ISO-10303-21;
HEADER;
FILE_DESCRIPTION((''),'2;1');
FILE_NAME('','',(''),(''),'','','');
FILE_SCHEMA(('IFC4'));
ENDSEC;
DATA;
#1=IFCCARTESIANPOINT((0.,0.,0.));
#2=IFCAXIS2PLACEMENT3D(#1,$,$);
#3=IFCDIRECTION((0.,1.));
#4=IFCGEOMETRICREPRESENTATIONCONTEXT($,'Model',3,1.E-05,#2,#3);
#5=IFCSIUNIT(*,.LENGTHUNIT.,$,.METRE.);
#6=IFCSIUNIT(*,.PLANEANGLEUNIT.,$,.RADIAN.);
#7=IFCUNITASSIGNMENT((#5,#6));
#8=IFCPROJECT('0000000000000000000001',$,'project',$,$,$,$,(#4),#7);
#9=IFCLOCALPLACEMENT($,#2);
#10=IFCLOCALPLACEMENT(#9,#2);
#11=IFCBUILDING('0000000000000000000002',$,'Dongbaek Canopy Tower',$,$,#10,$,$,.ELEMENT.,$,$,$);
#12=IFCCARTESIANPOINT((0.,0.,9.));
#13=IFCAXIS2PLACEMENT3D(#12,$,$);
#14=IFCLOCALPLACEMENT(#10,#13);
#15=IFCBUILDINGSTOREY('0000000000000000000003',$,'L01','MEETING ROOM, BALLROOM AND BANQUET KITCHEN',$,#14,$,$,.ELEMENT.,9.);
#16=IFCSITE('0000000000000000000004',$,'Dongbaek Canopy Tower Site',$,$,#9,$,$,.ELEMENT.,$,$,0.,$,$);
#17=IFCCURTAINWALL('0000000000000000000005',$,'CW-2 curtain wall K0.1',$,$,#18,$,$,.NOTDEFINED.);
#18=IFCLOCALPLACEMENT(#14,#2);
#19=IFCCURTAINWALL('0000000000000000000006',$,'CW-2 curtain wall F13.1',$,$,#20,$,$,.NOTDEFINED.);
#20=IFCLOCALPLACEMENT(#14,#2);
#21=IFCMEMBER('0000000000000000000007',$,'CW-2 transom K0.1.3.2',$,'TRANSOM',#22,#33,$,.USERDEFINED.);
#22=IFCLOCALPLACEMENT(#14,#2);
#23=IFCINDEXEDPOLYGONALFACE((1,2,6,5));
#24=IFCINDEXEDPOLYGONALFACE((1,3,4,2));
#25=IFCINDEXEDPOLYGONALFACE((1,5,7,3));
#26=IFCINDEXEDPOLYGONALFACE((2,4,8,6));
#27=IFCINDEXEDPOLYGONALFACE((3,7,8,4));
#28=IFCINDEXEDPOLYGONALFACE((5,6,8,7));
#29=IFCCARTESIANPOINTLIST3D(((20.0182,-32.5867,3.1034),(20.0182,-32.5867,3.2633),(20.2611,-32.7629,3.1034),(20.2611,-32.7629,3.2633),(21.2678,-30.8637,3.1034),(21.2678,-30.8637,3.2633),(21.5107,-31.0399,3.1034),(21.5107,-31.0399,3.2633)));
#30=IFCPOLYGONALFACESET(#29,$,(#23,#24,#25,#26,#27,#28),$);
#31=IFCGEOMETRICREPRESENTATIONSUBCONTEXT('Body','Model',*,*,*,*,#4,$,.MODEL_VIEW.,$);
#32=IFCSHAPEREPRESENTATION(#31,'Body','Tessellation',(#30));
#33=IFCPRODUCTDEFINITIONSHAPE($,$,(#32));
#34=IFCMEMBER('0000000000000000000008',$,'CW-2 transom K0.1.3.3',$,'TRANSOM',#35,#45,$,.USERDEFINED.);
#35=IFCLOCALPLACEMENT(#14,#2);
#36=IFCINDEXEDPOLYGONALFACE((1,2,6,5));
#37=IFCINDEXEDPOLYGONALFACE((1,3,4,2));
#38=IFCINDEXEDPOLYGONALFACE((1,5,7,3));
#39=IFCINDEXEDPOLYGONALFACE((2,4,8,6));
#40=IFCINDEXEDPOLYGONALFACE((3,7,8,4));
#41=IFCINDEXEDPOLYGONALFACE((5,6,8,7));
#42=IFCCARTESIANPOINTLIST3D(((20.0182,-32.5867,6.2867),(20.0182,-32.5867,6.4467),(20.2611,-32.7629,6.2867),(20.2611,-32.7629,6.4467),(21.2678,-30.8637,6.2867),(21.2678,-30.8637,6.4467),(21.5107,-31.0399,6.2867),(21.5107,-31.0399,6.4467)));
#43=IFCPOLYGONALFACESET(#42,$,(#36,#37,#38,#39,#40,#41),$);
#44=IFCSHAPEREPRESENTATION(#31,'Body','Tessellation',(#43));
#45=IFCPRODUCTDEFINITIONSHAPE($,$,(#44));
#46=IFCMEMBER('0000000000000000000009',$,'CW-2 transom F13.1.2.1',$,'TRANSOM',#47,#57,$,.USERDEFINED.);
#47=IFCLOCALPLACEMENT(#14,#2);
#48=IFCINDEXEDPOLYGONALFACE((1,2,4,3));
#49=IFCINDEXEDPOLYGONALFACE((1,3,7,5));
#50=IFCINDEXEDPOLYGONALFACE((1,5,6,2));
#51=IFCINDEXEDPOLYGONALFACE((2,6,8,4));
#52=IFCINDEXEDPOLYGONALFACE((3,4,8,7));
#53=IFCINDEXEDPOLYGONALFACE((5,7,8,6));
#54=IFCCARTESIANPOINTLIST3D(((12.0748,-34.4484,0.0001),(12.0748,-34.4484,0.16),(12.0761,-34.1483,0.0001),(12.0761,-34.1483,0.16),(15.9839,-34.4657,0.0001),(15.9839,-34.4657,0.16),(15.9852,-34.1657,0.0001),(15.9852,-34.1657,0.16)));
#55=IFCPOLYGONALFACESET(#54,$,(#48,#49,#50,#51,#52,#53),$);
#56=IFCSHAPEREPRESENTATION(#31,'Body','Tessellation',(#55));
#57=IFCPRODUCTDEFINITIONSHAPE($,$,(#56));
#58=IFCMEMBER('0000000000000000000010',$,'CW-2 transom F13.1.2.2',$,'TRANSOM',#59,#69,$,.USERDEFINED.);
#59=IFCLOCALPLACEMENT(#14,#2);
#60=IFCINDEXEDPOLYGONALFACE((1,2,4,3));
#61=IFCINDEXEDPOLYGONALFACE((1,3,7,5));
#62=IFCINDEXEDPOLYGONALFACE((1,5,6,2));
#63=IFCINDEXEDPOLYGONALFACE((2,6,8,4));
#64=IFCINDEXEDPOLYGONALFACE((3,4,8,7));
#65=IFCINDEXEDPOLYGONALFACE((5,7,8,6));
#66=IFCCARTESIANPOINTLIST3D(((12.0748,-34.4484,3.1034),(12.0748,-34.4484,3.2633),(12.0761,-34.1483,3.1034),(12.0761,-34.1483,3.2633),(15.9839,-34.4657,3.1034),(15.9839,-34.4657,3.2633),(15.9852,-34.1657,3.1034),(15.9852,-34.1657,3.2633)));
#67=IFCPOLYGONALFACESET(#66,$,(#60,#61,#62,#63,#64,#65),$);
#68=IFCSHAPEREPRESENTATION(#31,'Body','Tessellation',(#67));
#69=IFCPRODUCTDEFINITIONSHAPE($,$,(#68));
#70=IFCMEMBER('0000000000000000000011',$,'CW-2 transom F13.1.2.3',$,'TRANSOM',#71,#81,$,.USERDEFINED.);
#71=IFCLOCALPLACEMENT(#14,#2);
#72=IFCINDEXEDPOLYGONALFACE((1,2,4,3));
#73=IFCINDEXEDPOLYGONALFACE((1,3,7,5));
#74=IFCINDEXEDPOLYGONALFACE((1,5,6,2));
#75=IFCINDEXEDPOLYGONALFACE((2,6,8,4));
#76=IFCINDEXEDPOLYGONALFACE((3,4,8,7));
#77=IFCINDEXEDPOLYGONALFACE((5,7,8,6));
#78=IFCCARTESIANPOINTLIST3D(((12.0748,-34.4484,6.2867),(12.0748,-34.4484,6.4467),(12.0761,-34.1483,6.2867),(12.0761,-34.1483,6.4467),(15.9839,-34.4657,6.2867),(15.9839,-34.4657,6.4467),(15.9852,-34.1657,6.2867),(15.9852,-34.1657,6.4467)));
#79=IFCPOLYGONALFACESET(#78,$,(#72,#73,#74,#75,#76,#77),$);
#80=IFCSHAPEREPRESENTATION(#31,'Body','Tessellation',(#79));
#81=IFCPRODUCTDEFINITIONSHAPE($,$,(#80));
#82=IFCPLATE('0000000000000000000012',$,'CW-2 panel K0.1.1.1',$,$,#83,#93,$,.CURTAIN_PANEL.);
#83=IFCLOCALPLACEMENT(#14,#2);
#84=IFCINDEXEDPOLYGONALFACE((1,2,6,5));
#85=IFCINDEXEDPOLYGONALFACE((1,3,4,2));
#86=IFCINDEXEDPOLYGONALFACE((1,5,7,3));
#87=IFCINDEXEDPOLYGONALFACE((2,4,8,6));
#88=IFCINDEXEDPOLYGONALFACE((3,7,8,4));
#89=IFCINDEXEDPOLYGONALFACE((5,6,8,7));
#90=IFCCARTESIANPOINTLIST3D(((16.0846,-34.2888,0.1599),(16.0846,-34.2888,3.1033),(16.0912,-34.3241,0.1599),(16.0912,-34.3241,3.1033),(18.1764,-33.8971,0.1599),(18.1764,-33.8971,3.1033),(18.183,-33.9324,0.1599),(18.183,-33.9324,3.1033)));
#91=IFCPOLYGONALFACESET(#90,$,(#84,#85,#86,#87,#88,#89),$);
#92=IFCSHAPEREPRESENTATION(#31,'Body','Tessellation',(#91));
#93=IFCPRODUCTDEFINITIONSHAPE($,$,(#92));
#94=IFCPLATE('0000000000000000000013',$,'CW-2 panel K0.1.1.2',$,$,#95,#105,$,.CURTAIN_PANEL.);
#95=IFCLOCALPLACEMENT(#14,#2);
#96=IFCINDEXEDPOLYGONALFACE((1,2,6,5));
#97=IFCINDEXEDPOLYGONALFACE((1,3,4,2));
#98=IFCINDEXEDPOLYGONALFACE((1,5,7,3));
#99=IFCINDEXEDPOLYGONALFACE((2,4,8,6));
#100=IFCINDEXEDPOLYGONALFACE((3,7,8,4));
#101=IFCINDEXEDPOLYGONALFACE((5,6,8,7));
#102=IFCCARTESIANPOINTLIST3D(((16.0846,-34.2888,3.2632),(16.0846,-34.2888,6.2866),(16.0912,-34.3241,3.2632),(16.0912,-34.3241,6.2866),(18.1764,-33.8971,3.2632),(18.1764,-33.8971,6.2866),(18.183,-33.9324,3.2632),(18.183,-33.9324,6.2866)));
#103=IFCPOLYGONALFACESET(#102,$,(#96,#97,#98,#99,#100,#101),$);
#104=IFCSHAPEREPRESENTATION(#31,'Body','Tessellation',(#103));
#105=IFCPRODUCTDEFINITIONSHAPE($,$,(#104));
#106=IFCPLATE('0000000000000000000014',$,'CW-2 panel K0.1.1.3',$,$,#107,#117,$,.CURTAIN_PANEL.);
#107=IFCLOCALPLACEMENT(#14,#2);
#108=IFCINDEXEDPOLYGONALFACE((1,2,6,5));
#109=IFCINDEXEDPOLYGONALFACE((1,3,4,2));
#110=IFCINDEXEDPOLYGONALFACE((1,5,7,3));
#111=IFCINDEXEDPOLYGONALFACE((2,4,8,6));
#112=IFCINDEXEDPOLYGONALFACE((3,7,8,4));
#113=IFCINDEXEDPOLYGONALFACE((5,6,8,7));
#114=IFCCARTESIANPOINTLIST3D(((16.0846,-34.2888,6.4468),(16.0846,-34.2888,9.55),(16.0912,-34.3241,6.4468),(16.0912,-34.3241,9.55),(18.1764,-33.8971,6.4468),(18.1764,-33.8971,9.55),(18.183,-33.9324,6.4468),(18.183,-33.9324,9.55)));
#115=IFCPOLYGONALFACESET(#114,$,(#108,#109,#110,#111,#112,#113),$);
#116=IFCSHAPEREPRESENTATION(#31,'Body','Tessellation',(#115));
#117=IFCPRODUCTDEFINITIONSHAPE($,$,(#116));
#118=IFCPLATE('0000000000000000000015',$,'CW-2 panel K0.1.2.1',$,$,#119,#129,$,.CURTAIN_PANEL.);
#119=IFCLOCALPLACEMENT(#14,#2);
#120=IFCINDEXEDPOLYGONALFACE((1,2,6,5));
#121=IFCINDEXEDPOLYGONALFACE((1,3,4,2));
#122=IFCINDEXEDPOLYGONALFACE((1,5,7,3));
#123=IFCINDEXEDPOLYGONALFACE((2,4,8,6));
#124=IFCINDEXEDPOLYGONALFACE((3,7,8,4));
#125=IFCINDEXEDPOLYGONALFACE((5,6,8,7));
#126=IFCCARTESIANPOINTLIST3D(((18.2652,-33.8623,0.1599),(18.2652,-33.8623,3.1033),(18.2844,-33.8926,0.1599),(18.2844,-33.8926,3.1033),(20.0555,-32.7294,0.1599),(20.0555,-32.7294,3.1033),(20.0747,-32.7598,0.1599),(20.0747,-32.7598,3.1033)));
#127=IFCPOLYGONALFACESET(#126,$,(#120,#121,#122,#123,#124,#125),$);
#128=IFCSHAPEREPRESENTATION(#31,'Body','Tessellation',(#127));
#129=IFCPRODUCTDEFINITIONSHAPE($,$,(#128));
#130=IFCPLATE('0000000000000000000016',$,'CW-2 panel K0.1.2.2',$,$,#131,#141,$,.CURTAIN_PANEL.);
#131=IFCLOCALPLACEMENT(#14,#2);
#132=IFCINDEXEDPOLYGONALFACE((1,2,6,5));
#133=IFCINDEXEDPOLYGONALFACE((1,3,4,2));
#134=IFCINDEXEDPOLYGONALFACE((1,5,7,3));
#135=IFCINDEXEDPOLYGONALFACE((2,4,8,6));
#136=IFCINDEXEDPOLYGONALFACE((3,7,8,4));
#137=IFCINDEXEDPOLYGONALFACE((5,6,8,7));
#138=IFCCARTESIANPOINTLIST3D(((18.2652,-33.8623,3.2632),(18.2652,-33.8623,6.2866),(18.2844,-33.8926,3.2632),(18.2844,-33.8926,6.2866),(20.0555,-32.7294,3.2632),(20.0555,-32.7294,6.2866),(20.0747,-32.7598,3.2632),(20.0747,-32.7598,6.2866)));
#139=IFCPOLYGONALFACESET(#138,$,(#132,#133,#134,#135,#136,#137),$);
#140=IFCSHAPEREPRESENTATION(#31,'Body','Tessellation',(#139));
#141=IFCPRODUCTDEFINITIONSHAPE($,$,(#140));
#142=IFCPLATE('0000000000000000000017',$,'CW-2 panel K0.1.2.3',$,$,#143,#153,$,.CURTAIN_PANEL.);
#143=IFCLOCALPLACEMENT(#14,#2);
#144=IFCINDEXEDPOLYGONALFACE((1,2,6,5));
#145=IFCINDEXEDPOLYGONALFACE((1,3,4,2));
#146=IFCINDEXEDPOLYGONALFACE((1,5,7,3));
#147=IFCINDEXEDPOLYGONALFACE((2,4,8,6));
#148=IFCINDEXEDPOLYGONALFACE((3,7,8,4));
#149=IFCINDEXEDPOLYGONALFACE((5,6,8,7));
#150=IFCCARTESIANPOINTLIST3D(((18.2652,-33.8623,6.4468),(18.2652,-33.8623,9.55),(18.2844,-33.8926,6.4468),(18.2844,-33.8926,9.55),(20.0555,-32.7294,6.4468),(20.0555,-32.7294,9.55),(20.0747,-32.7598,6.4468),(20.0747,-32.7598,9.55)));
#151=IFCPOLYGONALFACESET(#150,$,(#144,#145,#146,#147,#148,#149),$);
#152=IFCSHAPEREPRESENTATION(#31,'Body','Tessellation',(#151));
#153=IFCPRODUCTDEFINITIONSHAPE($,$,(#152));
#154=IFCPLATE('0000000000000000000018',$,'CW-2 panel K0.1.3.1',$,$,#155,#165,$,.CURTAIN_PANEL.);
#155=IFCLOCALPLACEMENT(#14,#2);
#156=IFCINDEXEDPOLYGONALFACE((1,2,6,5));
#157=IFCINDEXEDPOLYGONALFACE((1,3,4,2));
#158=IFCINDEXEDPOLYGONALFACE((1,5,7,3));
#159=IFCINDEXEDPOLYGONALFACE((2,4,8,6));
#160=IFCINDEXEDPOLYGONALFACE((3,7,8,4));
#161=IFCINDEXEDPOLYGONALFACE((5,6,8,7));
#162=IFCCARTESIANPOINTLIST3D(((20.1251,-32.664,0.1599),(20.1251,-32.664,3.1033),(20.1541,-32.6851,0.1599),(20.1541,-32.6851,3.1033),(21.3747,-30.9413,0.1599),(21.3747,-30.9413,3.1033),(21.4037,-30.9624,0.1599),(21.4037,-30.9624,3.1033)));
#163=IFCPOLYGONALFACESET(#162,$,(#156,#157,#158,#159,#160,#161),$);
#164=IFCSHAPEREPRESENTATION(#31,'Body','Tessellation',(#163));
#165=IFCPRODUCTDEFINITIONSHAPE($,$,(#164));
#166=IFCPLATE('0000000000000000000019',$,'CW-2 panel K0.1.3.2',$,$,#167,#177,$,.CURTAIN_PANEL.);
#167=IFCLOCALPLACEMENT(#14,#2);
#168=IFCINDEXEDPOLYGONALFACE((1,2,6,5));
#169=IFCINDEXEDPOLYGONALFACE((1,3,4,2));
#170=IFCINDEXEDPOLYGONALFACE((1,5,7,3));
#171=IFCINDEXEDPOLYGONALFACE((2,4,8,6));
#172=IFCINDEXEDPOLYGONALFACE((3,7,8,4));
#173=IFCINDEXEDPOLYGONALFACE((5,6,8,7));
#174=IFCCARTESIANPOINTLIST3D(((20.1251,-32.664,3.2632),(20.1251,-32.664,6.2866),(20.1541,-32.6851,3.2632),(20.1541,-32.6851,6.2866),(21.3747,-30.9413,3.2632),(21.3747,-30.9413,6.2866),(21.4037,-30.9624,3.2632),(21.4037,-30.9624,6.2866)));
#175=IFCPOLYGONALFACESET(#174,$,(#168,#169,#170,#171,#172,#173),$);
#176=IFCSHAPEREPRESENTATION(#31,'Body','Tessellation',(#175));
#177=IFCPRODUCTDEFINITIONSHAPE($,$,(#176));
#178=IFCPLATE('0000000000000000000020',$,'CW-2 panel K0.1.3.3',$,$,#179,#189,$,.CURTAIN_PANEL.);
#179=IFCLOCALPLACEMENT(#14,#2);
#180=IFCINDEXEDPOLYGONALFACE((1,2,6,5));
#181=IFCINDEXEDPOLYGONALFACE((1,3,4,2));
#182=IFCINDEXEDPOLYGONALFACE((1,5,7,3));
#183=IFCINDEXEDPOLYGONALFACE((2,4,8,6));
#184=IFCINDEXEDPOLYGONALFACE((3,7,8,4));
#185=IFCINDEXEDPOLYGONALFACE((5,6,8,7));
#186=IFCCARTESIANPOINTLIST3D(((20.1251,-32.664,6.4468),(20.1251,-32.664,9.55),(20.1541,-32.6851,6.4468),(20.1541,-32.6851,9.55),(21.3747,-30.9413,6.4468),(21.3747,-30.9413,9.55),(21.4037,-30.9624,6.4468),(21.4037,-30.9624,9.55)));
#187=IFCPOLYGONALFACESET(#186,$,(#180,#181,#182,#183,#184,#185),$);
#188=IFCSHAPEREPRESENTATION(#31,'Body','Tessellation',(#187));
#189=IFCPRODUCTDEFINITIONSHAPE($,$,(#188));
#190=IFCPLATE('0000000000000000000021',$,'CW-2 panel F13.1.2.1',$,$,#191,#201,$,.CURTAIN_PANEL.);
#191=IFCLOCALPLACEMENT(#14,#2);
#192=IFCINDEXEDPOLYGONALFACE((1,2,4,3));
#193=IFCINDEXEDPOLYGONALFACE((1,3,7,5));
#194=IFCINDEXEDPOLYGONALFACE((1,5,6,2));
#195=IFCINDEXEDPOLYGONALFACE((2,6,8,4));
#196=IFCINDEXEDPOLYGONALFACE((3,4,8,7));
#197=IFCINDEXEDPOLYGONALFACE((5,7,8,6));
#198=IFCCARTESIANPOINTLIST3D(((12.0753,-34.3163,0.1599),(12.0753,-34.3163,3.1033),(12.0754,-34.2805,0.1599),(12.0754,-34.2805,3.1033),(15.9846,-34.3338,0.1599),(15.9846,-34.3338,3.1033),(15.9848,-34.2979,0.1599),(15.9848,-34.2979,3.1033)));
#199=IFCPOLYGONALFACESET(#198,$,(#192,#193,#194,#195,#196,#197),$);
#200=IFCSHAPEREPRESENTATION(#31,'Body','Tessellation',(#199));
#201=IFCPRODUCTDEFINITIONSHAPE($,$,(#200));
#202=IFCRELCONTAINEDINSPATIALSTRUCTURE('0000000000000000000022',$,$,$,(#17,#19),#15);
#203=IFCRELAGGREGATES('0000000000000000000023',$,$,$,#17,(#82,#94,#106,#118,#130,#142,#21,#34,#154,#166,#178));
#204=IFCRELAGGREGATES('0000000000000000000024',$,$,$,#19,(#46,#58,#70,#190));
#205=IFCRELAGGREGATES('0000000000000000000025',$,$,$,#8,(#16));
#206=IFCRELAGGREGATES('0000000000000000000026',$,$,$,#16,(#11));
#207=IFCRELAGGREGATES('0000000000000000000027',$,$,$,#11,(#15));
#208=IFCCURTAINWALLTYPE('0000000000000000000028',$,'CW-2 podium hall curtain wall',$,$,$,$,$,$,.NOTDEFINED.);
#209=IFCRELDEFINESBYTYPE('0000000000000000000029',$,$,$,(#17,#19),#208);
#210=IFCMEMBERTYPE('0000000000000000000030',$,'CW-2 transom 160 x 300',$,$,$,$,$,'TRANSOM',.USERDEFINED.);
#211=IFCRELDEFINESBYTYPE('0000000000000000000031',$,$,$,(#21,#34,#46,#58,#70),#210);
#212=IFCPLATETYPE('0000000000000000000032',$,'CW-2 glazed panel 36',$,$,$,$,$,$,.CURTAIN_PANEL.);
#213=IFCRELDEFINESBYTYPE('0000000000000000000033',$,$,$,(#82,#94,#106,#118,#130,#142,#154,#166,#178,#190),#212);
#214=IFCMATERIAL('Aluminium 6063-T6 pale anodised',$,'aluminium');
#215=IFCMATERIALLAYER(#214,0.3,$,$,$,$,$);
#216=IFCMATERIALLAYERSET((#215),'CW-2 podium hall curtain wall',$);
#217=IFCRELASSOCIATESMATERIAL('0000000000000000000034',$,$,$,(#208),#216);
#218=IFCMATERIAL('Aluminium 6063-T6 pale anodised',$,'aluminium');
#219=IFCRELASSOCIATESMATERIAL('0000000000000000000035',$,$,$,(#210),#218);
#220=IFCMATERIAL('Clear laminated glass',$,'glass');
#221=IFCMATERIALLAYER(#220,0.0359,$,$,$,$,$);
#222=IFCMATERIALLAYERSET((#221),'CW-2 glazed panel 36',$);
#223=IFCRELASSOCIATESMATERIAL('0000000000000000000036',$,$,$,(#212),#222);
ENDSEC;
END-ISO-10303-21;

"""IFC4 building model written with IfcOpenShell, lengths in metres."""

from ifc_helpers import new_model, si_unit, direction, frame, origin, origin_2d, place, context, subcontext, project, spatial, rectangle, extrude, material, layer, layer_set, material_profile, profile_set, type_object, element, aggregate, save


model = new_model("IFC4")

# Units and contexts
model_context = context("Model", 3, precision=1e-05, world=origin(), true_north=direction((0.0, 1.0)))
body_context = subcontext(model_context, "Body", "Model", "MODEL_VIEW")
ifc_project = project(units=[si_unit("LENGTHUNIT", "METRE"), si_unit("PLANEANGLEUNIT", "RADIAN")], contexts=[model_context])

# Site, building, storey
site_placement = place(None, origin())
site = spatial("IfcSite", under=ifc_project, at=site_placement, Name="Dongbaek Canopy Tower Site", CompositionType="ELEMENT", RefElevation=0.0)
building_placement = place(site_placement, origin())
building = spatial("IfcBuilding", under=site, at=building_placement, Name="Dongbaek Canopy Tower", CompositionType="ELEMENT")
storey_placement = place(building_placement, frame((0.0, 0.0, 9.0)))
storey = spatial("IfcBuildingStorey", under=building, at=storey_placement, Name="L01", Description="MEETING ROOM, BALLROOM AND BANQUET KITCHEN", CompositionType="ELEMENT", Elevation=9.0)

# Curtain wall
ifc_material_1 = material(Name="Aluminium 6063-T6 pale anodised", Category="aluminium")
ifc_layer_1 = layer(ifc_material_1, 0.3)
ifc_layer_set_1 = layer_set([ifc_layer_1], Name="CW-2 podium hall curtain wall")
curtain_wall_type = type_object("IfcCurtainWallType", Name="CW-2 podium hall curtain wall", PredefinedType="NOTDEFINED", material=ifc_layer_set_1)
curtain_wall_1_placement = place(storey_placement, origin())
curtain_wall_1 = element("IfcCurtainWall", 1, at=curtain_wall_1_placement, inside=storey, type_object=curtain_wall_type, Name="CW-2 curtain wall K0.1", PredefinedType="NOTDEFINED")

# Curtain wall
curtain_wall_2_placement = place(storey_placement, origin())
curtain_wall_2 = element("IfcCurtainWall", 2, at=curtain_wall_2_placement, inside=storey, type_object=curtain_wall_type, Name="CW-2 curtain wall F13.1", PredefinedType="NOTDEFINED")

# Members
ifc_material_2 = material(Name="Aluminium 6063-T6 pale anodised", Category="aluminium")
ifc_material_profile_1 = material_profile(ifc_material_2, rectangle(XDim=0.3, YDim=0.1599, at=origin_2d()), Name="CW-2 transom 160 x 300")
ifc_profile_set_1 = profile_set([ifc_material_profile_1], Name="Aluminium 6063-T6 pale anodised")
member_type_1 = type_object("IfcMemberType", Name="CW-2 transom 160 x 300", ElementType="TRANSOM", PredefinedType="USERDEFINED", material=ifc_profile_set_1)
member_1_placement = place(storey_placement, frame((20.1396, -32.6748, 3.1833), z_axis=(0.587094, 0.809519, 0.0), x_axis=(-0.809519, 0.587094, 0.0)))
member_1 = element("IfcMember", 3, at=member_1_placement, type_object=member_type_1, Name="CW-2 transom K0.1.3.2", ObjectType="TRANSOM", PredefinedType="USERDEFINED", context=body_context, shape_type="SweptSolid", body=[
    extrude(rectangle(XDim=0.3, YDim=0.1599, at=origin_2d()), origin(), (0.0, 0.0, 1.0), 2.1284),
])
member_2_placement = place(storey_placement, frame((20.1396, -32.6748, 6.3667), z_axis=(0.587094, 0.809519, 0.0), x_axis=(-0.809519, 0.587094, 0.0)))
member_2 = element("IfcMember", 4, at=member_2_placement, type_object=member_type_1, Name="CW-2 transom K0.1.3.3", ObjectType="TRANSOM", PredefinedType="USERDEFINED", context=body_context, shape_type="SweptSolid", body=[
    extrude(rectangle(XDim=0.3, YDim=0.1599, at=origin_2d()), origin(), (0.0, 0.0, 1.0), 2.1284),
])
member_3_placement = place(storey_placement, frame((12.0754, -34.2983, 0.0801), z_axis=(0.99999, -0.004434, 0.0), x_axis=(0.004434, 0.99999, 0.0)))
member_3 = element("IfcMember", 5, at=member_3_placement, type_object=member_type_1, Name="CW-2 transom F13.1.2.1", ObjectType="TRANSOM", PredefinedType="USERDEFINED", context=body_context, shape_type="SweptSolid", body=[
    extrude(rectangle(XDim=0.3, YDim=0.1599, at=origin_2d()), origin(), (0.0, 0.0, 1.0), 3.9092),
])
member_4_placement = place(storey_placement, frame((12.0754, -34.2983, 3.1833), z_axis=(0.99999, -0.004434, 0.0), x_axis=(0.004434, 0.99999, 0.0)))
member_4 = element("IfcMember", 6, at=member_4_placement, type_object=member_type_1, Name="CW-2 transom F13.1.2.2", ObjectType="TRANSOM", PredefinedType="USERDEFINED", context=body_context, shape_type="SweptSolid", body=[
    extrude(rectangle(XDim=0.3, YDim=0.1599, at=origin_2d()), origin(), (0.0, 0.0, 1.0), 3.9092),
])
member_5_placement = place(storey_placement, frame((12.0754, -34.2983, 6.3667), z_axis=(0.99999, -0.004434, 0.0), x_axis=(0.004434, 0.99999, 0.0)))
member_5 = element("IfcMember", 7, at=member_5_placement, type_object=member_type_1, Name="CW-2 transom F13.1.2.3", ObjectType="TRANSOM", PredefinedType="USERDEFINED", context=body_context, shape_type="SweptSolid", body=[
    extrude(rectangle(XDim=0.3, YDim=0.1599, at=origin_2d()), origin(), (0.0, 0.0, 1.0), 3.9092),
])

# Plates
ifc_material_3 = material(Name="Clear laminated glass", Category="glass")
ifc_layer_2 = layer(ifc_material_3, 0.0359)
ifc_layer_set_2 = layer_set([ifc_layer_2], Name="CW-2 glazed panel 36")
plate_type = type_object("IfcPlateType", Name="CW-2 glazed panel 36", PredefinedType="CURTAIN_PANEL", material=ifc_layer_set_2)
plate_1_placement = place(storey_placement, frame((17.1338, -34.1106, 0.1599), z_axis=(0.0, 0.0, 1.0), x_axis=(0.982922, 0.184024, 0.0)))
plate_1 = element("IfcPlate", 8, at=plate_1_placement, type_object=plate_type, Name="CW-2 panel K0.1.1.1", PredefinedType="CURTAIN_PANEL", context=body_context, shape_type="SweptSolid", body=[
    extrude(rectangle(XDim=2.1282, YDim=0.0359, at=origin_2d()), origin(), (0.0, 0.0, 1.0), 2.9434),
])
plate_2_placement = place(storey_placement, frame((17.1338, -34.1106, 3.2632), z_axis=(0.0, 0.0, 1.0), x_axis=(0.982922, 0.184024, 0.0)))
plate_2 = element("IfcPlate", 9, at=plate_2_placement, type_object=plate_type, Name="CW-2 panel K0.1.1.2", PredefinedType="CURTAIN_PANEL", context=body_context, shape_type="SweptSolid", body=[
    extrude(rectangle(XDim=2.1282, YDim=0.0359, at=origin_2d()), origin(), (0.0, 0.0, 1.0), 3.0234),
])
plate_3_placement = place(storey_placement, frame((17.1338, -34.1106, 6.4468), z_axis=(0.0, 0.0, 1.0), x_axis=(0.982922, 0.184024, 0.0)))
plate_3 = element("IfcPlate", 10, at=plate_3_placement, type_object=plate_type, Name="CW-2 panel K0.1.1.3", PredefinedType="CURTAIN_PANEL", context=body_context, shape_type="SweptSolid", body=[
    extrude(rectangle(XDim=2.1282, YDim=0.0359, at=origin_2d()), origin(), (0.0, 0.0, 1.0), 3.1033),
])
plate_4_placement = place(storey_placement, frame((19.1699, -33.311, 0.1599), z_axis=(0.0, 0.0, 1.0), x_axis=(0.845033, 0.534713, 0.0)))
plate_4 = element("IfcPlate", 11, at=plate_4_placement, type_object=plate_type, Name="CW-2 panel K0.1.2.1", PredefinedType="CURTAIN_PANEL", context=body_context, shape_type="SweptSolid", body=[
    extrude(rectangle(XDim=2.1187, YDim=0.0359, at=origin_2d()), origin(), (0.0, 0.0, 1.0), 2.9434),
])
plate_5_placement = place(storey_placement, frame((19.1699, -33.311, 3.2632), z_axis=(0.0, 0.0, 1.0), x_axis=(0.845033, 0.534713, 0.0)))
plate_5 = element("IfcPlate", 12, at=plate_5_placement, type_object=plate_type, Name="CW-2 panel K0.1.2.2", PredefinedType="CURTAIN_PANEL", context=body_context, shape_type="SweptSolid", body=[
    extrude(rectangle(XDim=2.1187, YDim=0.0359, at=origin_2d()), origin(), (0.0, 0.0, 1.0), 3.0234),
])
plate_6_placement = place(storey_placement, frame((19.1699, -33.311, 6.4468), z_axis=(0.0, 0.0, 1.0), x_axis=(0.845033, 0.534713, 0.0)))
plate_6 = element("IfcPlate", 13, at=plate_6_placement, type_object=plate_type, Name="CW-2 panel K0.1.2.3", PredefinedType="CURTAIN_PANEL", context=body_context, shape_type="SweptSolid", body=[
    extrude(rectangle(XDim=2.1187, YDim=0.0359, at=origin_2d()), origin(), (0.0, 0.0, 1.0), 3.1033),
])
plate_7_placement = place(storey_placement, frame((20.7644, -31.8132, 0.1599), z_axis=(0.0, 0.0, 1.0), x_axis=(0.587154, 0.809475, 0.0)))
plate_7 = element("IfcPlate", 14, at=plate_7_placement, type_object=plate_type, Name="CW-2 panel K0.1.3.1", PredefinedType="CURTAIN_PANEL", context=body_context, shape_type="SweptSolid", body=[
    extrude(rectangle(XDim=2.1282, YDim=0.0359, at=origin_2d()), origin(), (0.0, 0.0, 1.0), 2.9434),
])
plate_8_placement = place(storey_placement, frame((20.7644, -31.8132, 3.2632), z_axis=(0.0, 0.0, 1.0), x_axis=(0.587154, 0.809475, 0.0)))
plate_8 = element("IfcPlate", 15, at=plate_8_placement, type_object=plate_type, Name="CW-2 panel K0.1.3.2", PredefinedType="CURTAIN_PANEL", context=body_context, shape_type="SweptSolid", body=[
    extrude(rectangle(XDim=2.1282, YDim=0.0359, at=origin_2d()), origin(), (0.0, 0.0, 1.0), 3.0234),
])
plate_9_placement = place(storey_placement, frame((20.7644, -31.8132, 6.4468), z_axis=(0.0, 0.0, 1.0), x_axis=(0.587154, 0.809475, 0.0)))
plate_9 = element("IfcPlate", 16, at=plate_9_placement, type_object=plate_type, Name="CW-2 panel K0.1.3.3", PredefinedType="CURTAIN_PANEL", context=body_context, shape_type="SweptSolid", body=[
    extrude(rectangle(XDim=2.1282, YDim=0.0359, at=origin_2d()), origin(), (0.0, 0.0, 1.0), 3.1033),
])
aggregate(curtain_wall_1, [plate_1, plate_2, plate_3, plate_4, plate_5, plate_6, member_1, member_2, plate_7, plate_8, plate_9])
plate_10_placement = place(storey_placement, frame((14.03, -34.3071, 0.1599), z_axis=(0.0, 0.0, 1.0), x_axis=(0.99999, -0.004466, 0.0)))
plate_10 = element("IfcPlate", 17, at=plate_10_placement, type_object=plate_type, Name="CW-2 panel F13.1.2.1", PredefinedType="CURTAIN_PANEL", context=body_context, shape_type="SweptSolid", body=[
    extrude(rectangle(XDim=3.9094, YDim=0.0359, at=origin_2d()), origin(), (0.0, 0.0, 1.0), 2.9434),
])
aggregate(curtain_wall_2, [member_3, member_4, member_5, plate_10])

save(model, "model.ifc")
